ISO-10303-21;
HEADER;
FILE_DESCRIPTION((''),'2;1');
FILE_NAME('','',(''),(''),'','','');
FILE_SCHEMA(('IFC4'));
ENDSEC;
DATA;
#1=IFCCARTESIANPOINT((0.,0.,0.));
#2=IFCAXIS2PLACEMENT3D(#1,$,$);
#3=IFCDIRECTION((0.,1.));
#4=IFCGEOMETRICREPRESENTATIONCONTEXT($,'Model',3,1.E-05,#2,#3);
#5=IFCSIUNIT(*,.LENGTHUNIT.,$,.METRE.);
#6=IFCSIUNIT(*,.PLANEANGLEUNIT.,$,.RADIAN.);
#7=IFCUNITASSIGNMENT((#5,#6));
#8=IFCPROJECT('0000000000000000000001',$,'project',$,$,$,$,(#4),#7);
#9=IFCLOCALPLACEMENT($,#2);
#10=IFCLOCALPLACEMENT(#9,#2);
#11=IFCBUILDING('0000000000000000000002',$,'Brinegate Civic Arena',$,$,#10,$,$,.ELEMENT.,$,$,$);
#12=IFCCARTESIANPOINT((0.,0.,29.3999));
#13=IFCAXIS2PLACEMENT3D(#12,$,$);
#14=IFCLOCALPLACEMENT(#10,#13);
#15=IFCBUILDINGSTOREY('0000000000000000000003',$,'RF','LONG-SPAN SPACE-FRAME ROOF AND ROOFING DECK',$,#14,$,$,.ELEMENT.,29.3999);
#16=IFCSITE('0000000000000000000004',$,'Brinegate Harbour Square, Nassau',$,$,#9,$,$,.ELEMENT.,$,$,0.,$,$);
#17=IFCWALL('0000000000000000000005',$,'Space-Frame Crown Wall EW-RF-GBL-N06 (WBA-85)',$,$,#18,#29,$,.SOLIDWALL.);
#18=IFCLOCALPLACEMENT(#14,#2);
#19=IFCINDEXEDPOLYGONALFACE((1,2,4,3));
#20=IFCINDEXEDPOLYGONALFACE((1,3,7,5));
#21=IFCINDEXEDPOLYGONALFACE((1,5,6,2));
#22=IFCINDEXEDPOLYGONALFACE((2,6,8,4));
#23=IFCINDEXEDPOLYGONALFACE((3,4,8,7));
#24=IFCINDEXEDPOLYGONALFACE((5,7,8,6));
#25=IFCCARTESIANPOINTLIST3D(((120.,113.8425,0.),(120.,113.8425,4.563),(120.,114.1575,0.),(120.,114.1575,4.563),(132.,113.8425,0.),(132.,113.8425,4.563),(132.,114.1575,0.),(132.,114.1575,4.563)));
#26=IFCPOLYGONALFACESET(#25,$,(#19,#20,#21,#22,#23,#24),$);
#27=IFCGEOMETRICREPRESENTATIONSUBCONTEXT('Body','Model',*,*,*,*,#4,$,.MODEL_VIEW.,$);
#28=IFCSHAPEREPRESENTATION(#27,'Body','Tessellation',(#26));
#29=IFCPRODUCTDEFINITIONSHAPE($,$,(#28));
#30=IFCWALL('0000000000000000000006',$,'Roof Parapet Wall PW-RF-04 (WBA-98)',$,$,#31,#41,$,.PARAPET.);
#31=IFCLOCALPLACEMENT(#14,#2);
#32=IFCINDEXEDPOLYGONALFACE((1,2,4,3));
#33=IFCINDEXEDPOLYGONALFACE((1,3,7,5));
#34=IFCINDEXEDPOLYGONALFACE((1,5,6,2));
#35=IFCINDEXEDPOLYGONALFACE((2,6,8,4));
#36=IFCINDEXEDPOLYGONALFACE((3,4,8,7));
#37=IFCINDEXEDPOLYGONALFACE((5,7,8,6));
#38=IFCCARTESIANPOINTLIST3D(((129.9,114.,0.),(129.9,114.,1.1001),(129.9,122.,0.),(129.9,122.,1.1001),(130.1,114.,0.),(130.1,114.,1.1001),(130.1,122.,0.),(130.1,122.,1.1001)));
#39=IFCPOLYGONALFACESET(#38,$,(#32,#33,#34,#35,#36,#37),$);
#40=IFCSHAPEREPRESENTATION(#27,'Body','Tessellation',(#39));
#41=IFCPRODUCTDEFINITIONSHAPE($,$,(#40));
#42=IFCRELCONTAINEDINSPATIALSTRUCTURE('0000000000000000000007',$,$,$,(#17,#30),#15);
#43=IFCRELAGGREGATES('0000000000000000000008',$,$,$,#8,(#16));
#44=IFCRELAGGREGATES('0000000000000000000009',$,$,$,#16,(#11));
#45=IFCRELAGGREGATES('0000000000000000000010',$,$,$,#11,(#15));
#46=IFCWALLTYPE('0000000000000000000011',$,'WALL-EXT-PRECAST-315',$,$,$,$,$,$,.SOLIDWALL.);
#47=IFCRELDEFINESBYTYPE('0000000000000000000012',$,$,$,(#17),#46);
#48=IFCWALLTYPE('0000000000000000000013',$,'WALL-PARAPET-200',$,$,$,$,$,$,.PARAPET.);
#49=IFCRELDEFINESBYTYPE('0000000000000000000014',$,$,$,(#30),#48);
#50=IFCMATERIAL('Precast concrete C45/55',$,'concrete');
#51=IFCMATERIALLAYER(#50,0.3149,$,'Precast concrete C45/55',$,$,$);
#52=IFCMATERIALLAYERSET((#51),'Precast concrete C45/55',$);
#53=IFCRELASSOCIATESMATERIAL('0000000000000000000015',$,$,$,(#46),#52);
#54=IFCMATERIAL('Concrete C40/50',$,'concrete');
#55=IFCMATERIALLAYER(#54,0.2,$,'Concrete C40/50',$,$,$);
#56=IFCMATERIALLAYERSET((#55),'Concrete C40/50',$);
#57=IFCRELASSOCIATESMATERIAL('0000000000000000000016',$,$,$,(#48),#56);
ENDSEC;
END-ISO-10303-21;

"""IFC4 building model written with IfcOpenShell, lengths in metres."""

from ifc_helpers import new_model, si_unit, direction, frame, frame_2d, origin, place, context, subcontext, project, spatial, rectangle, extrude, material, layer, layer_set, type_object, element, save


model = new_model("IFC4")

# Units and contexts
model_context = context("Model", 3, precision=1e-05, world=origin(), true_north=direction((0.0, 1.0)))
body_context = subcontext(model_context, "Body", "Model", "MODEL_VIEW")
ifc_project = project(units=[si_unit("LENGTHUNIT", "METRE"), si_unit("PLANEANGLEUNIT", "RADIAN")], contexts=[model_context])

# Site, building, storey
site_placement = place(None, origin())
site = spatial("IfcSite", under=ifc_project, at=site_placement, Name="Brinegate Harbour Square, Nassau", CompositionType="ELEMENT", RefElevation=0.0)
building_placement = place(site_placement, origin())
building = spatial("IfcBuilding", under=site, at=building_placement, Name="Brinegate Civic Arena", CompositionType="ELEMENT")
storey_placement = place(building_placement, frame((0.0, 0.0, 29.3999)))
storey = spatial("IfcBuildingStorey", under=building, at=storey_placement, Name="RF", Description="LONG-SPAN SPACE-FRAME ROOF AND ROOFING DECK", CompositionType="ELEMENT", Elevation=29.3999)

# Walls
ifc_material_1 = material(Name="Precast concrete C45/55", Category="concrete")
ifc_layer_1 = layer(ifc_material_1, 0.3149, Name="Precast concrete C45/55")
ifc_layer_set_1 = layer_set([ifc_layer_1], Name="Precast concrete C45/55")
wall_type_1 = type_object("IfcWallType", Name="WALL-EXT-PRECAST-315", PredefinedType="SOLIDWALL", material=ifc_layer_set_1)
wall_1_placement = place(storey_placement, frame((120.0, 114.0, 0.0), z_axis=(0.0, 0.0, 1.0), x_axis=(1.0, 0.0, 0.0)))
element("IfcWall", 1, at=wall_1_placement, inside=storey, type_object=wall_type_1, Name="Space-Frame Crown Wall EW-RF-GBL-N06 (WBA-85)", PredefinedType="SOLIDWALL", context=body_context, shape_type="SweptSolid", body=[
    extrude(rectangle(XDim=12.0, YDim=0.3149, at=frame_2d((6.0, 0.0))), origin(), (0.0, 0.0, 1.0), 4.563),
])
ifc_material_2 = material(Name="Concrete C40/50", Category="concrete")
ifc_layer_2 = layer(ifc_material_2, 0.2, Name="Concrete C40/50")
ifc_layer_set_2 = layer_set([ifc_layer_2], Name="Concrete C40/50")
wall_type_2 = type_object("IfcWallType", Name="WALL-PARAPET-200", PredefinedType="PARAPET", material=ifc_layer_set_2)
wall_2_placement = place(storey_placement, frame((130.0, 114.0, 0.0), z_axis=(0.0, 0.0, 1.0), x_axis=(0.0, 1.0, 0.0)))
element("IfcWall", 2, at=wall_2_placement, inside=storey, type_object=wall_type_2, Name="Roof Parapet Wall PW-RF-04 (WBA-98)", PredefinedType="PARAPET", context=body_context, shape_type="SweptSolid", body=[
    extrude(rectangle(XDim=8.0, YDim=0.2, at=frame_2d((4.0, 0.0))), origin(), (0.0, 0.0, 1.0), 1.1001),
])

save(model, "model.ifc")
